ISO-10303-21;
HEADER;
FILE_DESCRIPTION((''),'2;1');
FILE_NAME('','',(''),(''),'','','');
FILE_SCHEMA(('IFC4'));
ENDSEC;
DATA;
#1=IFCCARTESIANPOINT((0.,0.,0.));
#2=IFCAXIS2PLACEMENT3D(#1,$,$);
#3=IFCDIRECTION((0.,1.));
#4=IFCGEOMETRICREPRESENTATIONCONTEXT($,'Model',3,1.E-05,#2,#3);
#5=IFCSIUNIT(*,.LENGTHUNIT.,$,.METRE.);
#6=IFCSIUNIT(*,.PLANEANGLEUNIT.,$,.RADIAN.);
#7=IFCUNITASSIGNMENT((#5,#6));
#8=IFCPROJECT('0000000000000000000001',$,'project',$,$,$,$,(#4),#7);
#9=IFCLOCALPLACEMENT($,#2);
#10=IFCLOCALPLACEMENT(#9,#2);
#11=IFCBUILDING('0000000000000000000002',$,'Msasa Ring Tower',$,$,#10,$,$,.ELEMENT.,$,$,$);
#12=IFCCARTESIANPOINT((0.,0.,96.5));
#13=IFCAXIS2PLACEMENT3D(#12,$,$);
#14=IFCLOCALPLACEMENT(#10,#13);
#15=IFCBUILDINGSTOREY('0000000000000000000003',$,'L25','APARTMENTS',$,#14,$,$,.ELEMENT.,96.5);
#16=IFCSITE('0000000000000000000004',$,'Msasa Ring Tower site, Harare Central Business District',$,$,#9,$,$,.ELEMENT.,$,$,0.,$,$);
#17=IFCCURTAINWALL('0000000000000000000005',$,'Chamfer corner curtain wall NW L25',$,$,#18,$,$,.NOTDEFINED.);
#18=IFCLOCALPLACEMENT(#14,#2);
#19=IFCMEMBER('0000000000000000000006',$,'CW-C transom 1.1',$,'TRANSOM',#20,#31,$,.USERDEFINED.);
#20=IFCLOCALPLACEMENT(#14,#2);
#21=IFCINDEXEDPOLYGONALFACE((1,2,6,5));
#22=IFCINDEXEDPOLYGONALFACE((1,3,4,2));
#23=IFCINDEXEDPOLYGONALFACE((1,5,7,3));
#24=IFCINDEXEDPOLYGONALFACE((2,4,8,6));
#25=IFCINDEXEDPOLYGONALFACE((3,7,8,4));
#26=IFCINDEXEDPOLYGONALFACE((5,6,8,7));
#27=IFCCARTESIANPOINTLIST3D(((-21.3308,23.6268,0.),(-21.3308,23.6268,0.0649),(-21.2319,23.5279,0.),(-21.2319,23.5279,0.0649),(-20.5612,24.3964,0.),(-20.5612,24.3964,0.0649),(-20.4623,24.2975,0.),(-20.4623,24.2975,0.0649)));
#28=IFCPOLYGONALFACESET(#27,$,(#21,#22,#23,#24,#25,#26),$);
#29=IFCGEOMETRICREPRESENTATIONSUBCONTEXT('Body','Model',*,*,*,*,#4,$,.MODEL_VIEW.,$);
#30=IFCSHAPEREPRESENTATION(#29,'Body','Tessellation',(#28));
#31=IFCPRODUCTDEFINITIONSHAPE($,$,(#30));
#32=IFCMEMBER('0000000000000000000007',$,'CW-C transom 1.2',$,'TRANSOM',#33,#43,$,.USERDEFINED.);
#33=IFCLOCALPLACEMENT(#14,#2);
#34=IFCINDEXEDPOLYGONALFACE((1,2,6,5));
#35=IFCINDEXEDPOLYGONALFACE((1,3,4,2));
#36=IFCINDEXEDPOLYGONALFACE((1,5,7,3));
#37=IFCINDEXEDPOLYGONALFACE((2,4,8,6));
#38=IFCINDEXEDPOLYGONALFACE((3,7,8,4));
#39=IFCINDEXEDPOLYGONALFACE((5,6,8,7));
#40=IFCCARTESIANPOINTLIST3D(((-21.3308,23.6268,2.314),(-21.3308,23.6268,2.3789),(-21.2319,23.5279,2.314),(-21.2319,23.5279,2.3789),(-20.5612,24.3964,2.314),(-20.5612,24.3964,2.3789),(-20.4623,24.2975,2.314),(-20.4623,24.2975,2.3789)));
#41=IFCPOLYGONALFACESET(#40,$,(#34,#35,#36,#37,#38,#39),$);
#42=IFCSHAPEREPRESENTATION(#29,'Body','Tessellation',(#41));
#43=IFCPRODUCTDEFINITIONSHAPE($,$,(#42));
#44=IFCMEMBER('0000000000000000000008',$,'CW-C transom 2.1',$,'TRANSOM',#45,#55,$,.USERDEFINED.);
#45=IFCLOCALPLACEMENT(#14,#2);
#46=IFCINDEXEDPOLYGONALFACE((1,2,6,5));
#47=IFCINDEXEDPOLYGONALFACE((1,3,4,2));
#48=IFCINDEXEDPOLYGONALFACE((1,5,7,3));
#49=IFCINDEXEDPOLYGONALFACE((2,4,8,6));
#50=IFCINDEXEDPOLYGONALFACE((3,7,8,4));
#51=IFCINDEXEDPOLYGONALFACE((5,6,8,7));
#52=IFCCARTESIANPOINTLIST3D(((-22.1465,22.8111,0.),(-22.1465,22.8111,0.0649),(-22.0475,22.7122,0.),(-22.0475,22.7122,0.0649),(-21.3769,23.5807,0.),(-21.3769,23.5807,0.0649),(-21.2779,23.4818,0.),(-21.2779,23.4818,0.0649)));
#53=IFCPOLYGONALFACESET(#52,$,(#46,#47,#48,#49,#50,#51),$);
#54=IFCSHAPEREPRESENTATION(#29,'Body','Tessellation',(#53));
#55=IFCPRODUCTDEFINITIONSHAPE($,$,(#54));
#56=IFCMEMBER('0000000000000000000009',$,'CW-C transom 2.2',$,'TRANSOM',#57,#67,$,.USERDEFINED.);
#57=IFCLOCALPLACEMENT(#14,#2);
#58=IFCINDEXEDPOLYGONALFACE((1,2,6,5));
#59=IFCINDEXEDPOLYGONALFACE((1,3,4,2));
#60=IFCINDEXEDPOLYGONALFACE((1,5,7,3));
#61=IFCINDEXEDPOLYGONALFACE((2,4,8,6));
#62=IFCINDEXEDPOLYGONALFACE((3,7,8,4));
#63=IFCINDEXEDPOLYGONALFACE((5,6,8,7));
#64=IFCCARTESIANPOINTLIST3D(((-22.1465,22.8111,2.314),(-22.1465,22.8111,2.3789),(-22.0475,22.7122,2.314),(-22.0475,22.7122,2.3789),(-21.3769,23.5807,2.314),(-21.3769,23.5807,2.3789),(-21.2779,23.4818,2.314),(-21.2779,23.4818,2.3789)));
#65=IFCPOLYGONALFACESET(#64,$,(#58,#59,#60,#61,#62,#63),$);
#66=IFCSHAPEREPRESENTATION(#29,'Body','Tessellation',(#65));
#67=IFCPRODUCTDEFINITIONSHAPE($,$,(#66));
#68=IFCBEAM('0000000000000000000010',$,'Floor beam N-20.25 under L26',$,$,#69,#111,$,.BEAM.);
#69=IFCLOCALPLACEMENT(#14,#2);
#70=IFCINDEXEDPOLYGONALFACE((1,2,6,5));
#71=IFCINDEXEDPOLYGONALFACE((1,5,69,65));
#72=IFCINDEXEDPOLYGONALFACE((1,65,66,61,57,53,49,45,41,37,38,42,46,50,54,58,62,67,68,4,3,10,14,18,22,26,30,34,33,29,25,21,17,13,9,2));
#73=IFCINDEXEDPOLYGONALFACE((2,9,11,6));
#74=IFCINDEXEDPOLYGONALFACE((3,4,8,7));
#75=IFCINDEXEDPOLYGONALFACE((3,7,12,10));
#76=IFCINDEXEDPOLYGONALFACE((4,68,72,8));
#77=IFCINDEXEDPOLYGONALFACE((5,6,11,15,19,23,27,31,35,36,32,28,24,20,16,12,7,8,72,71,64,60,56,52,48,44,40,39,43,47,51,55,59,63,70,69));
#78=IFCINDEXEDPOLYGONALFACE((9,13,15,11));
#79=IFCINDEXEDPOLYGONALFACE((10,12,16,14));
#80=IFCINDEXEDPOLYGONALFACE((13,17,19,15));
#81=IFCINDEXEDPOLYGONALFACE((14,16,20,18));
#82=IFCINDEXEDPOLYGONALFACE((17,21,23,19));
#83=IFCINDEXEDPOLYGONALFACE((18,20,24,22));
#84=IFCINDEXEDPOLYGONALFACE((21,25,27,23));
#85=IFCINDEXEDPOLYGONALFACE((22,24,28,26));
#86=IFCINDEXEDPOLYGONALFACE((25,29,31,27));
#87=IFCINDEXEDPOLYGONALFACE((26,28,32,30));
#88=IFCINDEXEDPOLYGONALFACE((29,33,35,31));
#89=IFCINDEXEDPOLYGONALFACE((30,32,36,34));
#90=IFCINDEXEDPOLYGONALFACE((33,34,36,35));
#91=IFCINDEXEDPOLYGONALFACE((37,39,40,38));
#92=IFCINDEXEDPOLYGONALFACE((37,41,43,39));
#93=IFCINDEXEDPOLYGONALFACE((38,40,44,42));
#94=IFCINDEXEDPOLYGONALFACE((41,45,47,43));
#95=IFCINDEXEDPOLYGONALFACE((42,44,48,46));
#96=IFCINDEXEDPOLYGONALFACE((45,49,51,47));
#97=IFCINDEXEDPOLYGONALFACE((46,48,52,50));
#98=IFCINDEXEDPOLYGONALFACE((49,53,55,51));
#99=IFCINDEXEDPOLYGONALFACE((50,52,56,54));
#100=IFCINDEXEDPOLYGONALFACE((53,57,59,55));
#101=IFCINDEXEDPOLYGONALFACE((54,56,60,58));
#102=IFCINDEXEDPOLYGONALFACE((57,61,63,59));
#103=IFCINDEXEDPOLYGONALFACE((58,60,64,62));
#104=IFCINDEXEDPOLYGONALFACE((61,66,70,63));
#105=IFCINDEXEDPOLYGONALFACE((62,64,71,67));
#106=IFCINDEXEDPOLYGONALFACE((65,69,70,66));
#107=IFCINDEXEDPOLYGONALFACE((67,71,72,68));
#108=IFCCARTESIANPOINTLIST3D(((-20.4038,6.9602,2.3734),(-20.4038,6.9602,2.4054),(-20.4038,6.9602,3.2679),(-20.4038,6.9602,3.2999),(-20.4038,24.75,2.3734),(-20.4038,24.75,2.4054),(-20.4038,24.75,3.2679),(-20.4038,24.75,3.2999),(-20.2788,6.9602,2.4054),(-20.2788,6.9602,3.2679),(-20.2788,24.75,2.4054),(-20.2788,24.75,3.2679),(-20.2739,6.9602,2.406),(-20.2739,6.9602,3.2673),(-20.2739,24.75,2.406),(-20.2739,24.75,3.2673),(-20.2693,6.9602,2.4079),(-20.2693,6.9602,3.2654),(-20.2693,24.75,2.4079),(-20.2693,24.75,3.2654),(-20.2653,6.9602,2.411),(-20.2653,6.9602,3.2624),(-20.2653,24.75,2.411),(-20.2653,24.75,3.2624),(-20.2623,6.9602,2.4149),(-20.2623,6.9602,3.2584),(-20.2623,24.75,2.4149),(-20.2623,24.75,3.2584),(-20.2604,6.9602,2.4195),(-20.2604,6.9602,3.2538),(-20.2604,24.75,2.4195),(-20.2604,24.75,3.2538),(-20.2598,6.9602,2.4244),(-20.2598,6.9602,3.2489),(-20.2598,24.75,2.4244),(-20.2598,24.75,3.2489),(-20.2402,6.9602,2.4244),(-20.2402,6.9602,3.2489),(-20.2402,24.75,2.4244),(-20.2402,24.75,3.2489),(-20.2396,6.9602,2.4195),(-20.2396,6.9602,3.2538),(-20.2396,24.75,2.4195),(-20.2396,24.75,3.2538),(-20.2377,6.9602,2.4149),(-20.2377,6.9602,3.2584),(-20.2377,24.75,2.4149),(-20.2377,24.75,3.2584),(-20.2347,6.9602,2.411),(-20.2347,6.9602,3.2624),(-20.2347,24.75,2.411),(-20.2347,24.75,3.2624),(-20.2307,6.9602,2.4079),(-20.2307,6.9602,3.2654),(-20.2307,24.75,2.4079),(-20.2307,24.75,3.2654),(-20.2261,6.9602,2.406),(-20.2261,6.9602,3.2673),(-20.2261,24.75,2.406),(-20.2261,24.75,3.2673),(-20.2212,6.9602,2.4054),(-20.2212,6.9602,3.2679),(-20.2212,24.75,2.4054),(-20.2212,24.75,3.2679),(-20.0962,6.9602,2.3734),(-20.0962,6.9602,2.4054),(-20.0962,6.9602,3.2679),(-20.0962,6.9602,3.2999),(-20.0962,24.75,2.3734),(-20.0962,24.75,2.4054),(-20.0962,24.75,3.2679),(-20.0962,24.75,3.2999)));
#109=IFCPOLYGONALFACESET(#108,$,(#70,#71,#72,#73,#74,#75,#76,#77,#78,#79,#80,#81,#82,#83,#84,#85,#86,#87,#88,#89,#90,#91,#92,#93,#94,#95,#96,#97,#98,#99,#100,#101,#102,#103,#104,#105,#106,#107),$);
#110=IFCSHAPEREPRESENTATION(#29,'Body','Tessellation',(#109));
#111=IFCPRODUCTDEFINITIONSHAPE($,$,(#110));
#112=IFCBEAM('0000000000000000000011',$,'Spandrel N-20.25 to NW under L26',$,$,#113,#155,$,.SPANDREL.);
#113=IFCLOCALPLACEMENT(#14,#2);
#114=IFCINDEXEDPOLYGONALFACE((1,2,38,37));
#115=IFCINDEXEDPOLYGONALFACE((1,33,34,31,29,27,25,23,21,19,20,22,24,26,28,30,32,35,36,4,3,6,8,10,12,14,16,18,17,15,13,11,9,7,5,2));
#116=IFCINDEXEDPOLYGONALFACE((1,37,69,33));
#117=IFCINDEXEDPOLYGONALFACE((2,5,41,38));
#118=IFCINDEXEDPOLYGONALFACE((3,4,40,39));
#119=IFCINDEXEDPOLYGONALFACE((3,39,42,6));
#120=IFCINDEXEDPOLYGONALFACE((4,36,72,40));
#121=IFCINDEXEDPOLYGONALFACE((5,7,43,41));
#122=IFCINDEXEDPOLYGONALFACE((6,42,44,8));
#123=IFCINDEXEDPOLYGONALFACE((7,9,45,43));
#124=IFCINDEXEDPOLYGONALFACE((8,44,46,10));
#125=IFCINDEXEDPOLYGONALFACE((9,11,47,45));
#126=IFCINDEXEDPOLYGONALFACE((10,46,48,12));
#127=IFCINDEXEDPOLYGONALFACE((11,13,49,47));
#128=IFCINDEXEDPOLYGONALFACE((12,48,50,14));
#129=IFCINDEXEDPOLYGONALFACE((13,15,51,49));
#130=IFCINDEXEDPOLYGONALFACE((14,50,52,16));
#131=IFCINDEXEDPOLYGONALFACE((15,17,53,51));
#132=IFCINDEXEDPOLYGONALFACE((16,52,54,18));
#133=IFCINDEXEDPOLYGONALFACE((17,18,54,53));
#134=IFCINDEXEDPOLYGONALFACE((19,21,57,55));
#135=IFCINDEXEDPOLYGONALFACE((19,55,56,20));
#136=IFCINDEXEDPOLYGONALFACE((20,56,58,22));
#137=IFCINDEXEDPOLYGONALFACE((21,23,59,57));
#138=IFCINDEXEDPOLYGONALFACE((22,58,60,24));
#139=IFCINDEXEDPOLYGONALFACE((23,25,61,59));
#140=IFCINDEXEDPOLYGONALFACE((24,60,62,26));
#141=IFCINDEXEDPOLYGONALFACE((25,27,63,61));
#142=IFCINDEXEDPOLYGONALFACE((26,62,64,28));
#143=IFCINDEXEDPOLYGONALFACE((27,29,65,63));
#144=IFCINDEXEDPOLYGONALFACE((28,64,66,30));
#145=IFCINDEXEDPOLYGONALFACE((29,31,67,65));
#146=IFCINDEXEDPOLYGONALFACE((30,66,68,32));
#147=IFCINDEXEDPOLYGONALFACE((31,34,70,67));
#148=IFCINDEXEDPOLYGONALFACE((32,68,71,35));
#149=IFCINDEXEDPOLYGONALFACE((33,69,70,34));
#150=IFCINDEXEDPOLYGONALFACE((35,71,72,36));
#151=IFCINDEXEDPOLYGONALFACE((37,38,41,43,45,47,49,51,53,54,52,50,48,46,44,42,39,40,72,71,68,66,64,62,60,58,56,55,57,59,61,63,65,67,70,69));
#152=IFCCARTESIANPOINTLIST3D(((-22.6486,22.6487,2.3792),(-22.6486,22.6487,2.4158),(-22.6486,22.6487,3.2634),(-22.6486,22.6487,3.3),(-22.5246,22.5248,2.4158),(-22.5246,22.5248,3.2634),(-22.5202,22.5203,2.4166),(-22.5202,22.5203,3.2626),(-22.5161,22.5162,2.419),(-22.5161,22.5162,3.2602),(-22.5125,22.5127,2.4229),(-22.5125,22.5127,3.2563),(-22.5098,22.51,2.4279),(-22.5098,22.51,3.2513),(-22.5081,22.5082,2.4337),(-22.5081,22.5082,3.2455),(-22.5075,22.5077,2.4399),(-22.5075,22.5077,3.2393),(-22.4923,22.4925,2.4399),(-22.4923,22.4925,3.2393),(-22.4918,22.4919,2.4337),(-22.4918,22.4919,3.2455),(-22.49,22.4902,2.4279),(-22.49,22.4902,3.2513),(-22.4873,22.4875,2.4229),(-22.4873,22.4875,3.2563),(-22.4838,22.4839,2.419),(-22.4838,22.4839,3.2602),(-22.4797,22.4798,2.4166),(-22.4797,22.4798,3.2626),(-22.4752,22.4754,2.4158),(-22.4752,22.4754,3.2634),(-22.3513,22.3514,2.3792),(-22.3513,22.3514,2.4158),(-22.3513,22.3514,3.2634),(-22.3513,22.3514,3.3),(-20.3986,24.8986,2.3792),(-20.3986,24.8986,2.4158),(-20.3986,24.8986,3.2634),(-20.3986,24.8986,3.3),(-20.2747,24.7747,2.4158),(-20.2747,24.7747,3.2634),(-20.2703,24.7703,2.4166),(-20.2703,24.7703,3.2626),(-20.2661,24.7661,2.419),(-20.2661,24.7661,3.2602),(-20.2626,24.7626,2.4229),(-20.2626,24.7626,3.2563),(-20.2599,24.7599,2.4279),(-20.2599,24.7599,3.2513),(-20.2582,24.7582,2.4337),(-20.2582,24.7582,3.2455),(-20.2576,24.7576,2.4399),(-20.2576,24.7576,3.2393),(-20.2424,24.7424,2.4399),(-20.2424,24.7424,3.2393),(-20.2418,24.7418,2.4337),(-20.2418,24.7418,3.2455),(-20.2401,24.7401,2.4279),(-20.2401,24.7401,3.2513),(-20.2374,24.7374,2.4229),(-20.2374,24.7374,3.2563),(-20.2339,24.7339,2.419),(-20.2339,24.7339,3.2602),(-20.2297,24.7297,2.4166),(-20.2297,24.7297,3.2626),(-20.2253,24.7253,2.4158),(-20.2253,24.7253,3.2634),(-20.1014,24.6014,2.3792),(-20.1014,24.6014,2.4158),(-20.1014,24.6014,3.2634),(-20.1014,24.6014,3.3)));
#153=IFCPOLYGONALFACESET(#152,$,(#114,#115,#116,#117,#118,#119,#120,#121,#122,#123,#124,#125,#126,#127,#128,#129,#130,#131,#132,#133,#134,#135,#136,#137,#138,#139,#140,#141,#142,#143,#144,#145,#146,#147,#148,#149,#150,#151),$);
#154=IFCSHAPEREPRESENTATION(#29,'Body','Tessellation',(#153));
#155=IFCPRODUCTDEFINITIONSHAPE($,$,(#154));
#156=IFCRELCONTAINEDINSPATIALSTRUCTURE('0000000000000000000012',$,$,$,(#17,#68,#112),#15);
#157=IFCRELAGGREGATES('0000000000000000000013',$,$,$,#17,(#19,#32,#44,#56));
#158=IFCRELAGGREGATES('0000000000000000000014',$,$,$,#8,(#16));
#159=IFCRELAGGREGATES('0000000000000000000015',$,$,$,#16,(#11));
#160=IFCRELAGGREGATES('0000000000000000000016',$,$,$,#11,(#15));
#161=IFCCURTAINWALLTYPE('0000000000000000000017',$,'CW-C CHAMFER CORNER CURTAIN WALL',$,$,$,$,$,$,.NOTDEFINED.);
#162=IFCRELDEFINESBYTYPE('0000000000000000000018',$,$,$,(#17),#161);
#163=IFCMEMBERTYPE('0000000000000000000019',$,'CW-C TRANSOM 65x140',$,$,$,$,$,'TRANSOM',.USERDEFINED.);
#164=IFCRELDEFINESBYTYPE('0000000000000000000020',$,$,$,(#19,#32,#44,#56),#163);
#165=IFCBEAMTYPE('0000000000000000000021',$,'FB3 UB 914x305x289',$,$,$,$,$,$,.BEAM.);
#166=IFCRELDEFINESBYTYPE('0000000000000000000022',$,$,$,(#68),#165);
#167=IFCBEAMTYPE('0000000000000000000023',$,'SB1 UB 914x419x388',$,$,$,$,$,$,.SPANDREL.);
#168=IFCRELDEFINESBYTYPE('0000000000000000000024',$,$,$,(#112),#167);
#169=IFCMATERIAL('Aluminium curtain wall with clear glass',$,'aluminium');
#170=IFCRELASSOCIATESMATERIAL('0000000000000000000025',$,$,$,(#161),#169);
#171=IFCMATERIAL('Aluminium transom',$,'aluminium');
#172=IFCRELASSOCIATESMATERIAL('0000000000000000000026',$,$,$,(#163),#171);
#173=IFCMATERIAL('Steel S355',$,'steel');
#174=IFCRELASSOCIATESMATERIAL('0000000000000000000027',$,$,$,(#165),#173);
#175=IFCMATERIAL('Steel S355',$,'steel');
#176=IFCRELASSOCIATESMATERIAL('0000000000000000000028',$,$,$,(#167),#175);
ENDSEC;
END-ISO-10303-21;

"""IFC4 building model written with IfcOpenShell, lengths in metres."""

from ifc_helpers import new_model, si_unit, direction, frame, origin, origin_2d, place, context, subcontext, project, spatial, rectangle, i_section, extrude, material, material_profile, profile_set, type_object, element, aggregate, save


model = new_model("IFC4")

# Units and contexts
model_context = context("Model", 3, precision=1e-05, world=origin(), true_north=direction((0.0, 1.0)))
body_context = subcontext(model_context, "Body", "Model", "MODEL_VIEW")
ifc_project = project(units=[si_unit("LENGTHUNIT", "METRE"), si_unit("PLANEANGLEUNIT", "RADIAN")], contexts=[model_context])

# Site, building, storey
site_placement = place(None, origin())
site = spatial("IfcSite", under=ifc_project, at=site_placement, Name="Msasa Ring Tower site, Harare Central Business District", CompositionType="ELEMENT", RefElevation=0.0)
building_placement = place(site_placement, origin())
building = spatial("IfcBuilding", under=site, at=building_placement, Name="Msasa Ring Tower", CompositionType="ELEMENT")
storey_placement = place(building_placement, frame((0.0, 0.0, 96.5)))
storey = spatial("IfcBuildingStorey", under=building, at=storey_placement, Name="L25", Description="APARTMENTS", CompositionType="ELEMENT", Elevation=96.5)

# Curtain wall
ifc_material_1 = material(Name="Aluminium curtain wall with clear glass", Category="aluminium")
curtain_wall_type = type_object("IfcCurtainWallType", Name="CW-C CHAMFER CORNER CURTAIN WALL", PredefinedType="NOTDEFINED", material=ifc_material_1)
curtain_wall_1_placement = place(storey_placement, origin())
curtain_wall_1 = element("IfcCurtainWall", 1, at=curtain_wall_1_placement, inside=storey, type_object=curtain_wall_type, Name="Chamfer corner curtain wall NW L25", PredefinedType="NOTDEFINED")

# Members
ifc_material_2 = material(Name="Aluminium transom", Category="aluminium")
ifc_material_profile_1 = material_profile(ifc_material_2, rectangle(XDim=0.1399, YDim=0.0649, at=origin_2d()), Name="AL 65x140")
ifc_profile_set_1 = profile_set([ifc_material_profile_1], Name="Aluminium transom")
member_type_1 = type_object("IfcMemberType", Name="CW-C TRANSOM 65x140", ElementType="TRANSOM", PredefinedType="USERDEFINED", material=ifc_profile_set_1)
member_1_placement = place(storey_placement, frame((-20.5117, 24.3469, 0.0325), z_axis=(-0.707107, -0.707107, 0.0), x_axis=(0.707107, -0.707107, 0.0)))
member_1 = element("IfcMember", 2, at=member_1_placement, type_object=member_type_1, Name="CW-C transom 1.1", ObjectType="TRANSOM", PredefinedType="USERDEFINED", context=body_context, shape_type="SweptSolid", body=[
    extrude(rectangle(XDim=0.1399, YDim=0.0649, at=origin_2d()), origin(), (0.0, 0.0, 1.0), 1.0884),
])
member_2_placement = place(storey_placement, frame((-20.5117, 24.3469, 2.3464), z_axis=(-0.707107, -0.707107, 0.0), x_axis=(0.707107, -0.707107, 0.0)))
member_2 = element("IfcMember", 3, at=member_2_placement, type_object=member_type_1, Name="CW-C transom 1.2", ObjectType="TRANSOM", PredefinedType="USERDEFINED", context=body_context, shape_type="SweptSolid", body=[
    extrude(rectangle(XDim=0.1399, YDim=0.0649, at=origin_2d()), origin(), (0.0, 0.0, 1.0), 1.0884),
])
member_3_placement = place(storey_placement, frame((-21.3274, 23.5312, 0.0325), z_axis=(-0.707107, -0.707107, 0.0), x_axis=(0.707107, -0.707107, 0.0)))
member_3 = element("IfcMember", 4, at=member_3_placement, type_object=member_type_1, Name="CW-C transom 2.1", ObjectType="TRANSOM", PredefinedType="USERDEFINED", context=body_context, shape_type="SweptSolid", body=[
    extrude(rectangle(XDim=0.1399, YDim=0.0649, at=origin_2d()), origin(), (0.0, 0.0, 1.0), 1.0884),
])
member_4_placement = place(storey_placement, frame((-21.3274, 23.5312, 2.3464), z_axis=(-0.707107, -0.707107, 0.0), x_axis=(0.707107, -0.707107, 0.0)))
member_4 = element("IfcMember", 5, at=member_4_placement, type_object=member_type_1, Name="CW-C transom 2.2", ObjectType="TRANSOM", PredefinedType="USERDEFINED", context=body_context, shape_type="SweptSolid", body=[
    extrude(rectangle(XDim=0.1399, YDim=0.0649, at=origin_2d()), origin(), (0.0, 0.0, 1.0), 1.0884),
])

# Beams
ifc_material_3 = material(Name="Steel S355", Category="steel")
ifc_material_profile_2 = material_profile(ifc_material_3, i_section(OverallWidth=0.3076, OverallDepth=0.9265, WebThickness=0.0195, FlangeThickness=0.032, FilletRadius=0.019, at=origin_2d()), Name="UB 914x305x289")
ifc_profile_set_2 = profile_set([ifc_material_profile_2], Name="Steel S355")
beam_type_1 = type_object("IfcBeamType", Name="FB3 UB 914x305x289", PredefinedType="BEAM", material=ifc_profile_set_2)
beam_placement = place(storey_placement, frame((-20.25, 24.75, 2.8367), z_axis=(0.0, -1.0, 0.0), x_axis=(1.0, 0.0, 0.0)))
element("IfcBeam", 6, at=beam_placement, inside=storey, type_object=beam_type_1, Name="Floor beam N-20.25 under L26", PredefinedType="BEAM", context=body_context, shape_type="SweptSolid", body=[
    extrude(i_section(OverallWidth=0.3076, OverallDepth=0.9265, WebThickness=0.0195, FlangeThickness=0.032, FilletRadius=0.019, at=origin_2d()), origin(), (0.0, 0.0, 1.0), 17.7898),
])
ifc_material_4 = material(Name="Steel S355", Category="steel")
ifc_material_profile_3 = material_profile(ifc_material_4, i_section(OverallWidth=0.4204, OverallDepth=0.9209, WebThickness=0.0215, FlangeThickness=0.0366, FilletRadius=0.0242, at=origin_2d()), Name="UB 914x419x388")
ifc_profile_set_3 = profile_set([ifc_material_profile_3], Name="Steel S355")
beam_type_2 = type_object("IfcBeamType", Name="SB1 UB 914x419x388", PredefinedType="SPANDREL", material=ifc_profile_set_3)
for number, where, z_axis, x_axis, name in (
    (7, (-20.25, 24.75, 2.8396), (-0.707107, -0.707107, 0.0), (0.707107, -0.707107, 0.0), "Spandrel N-20.25 to NW under L26"),
):
    element("IfcBeam", number, at=place(storey_placement, frame(where, z_axis=z_axis, x_axis=x_axis)), inside=storey, type_object=beam_type_2, Name=name, PredefinedType="SPANDREL", context=body_context, shape_type="SweptSolid", body=[
        extrude(i_section(OverallWidth=0.4204, OverallDepth=0.9209, WebThickness=0.0215, FlangeThickness=0.0366, FilletRadius=0.0242, at=origin_2d()), origin(), (0.0, 0.0, 1.0), 3.1819),
    ])

aggregate(curtain_wall_1, [member_1, member_2, member_3, member_4])

save(model, "model.ifc")
